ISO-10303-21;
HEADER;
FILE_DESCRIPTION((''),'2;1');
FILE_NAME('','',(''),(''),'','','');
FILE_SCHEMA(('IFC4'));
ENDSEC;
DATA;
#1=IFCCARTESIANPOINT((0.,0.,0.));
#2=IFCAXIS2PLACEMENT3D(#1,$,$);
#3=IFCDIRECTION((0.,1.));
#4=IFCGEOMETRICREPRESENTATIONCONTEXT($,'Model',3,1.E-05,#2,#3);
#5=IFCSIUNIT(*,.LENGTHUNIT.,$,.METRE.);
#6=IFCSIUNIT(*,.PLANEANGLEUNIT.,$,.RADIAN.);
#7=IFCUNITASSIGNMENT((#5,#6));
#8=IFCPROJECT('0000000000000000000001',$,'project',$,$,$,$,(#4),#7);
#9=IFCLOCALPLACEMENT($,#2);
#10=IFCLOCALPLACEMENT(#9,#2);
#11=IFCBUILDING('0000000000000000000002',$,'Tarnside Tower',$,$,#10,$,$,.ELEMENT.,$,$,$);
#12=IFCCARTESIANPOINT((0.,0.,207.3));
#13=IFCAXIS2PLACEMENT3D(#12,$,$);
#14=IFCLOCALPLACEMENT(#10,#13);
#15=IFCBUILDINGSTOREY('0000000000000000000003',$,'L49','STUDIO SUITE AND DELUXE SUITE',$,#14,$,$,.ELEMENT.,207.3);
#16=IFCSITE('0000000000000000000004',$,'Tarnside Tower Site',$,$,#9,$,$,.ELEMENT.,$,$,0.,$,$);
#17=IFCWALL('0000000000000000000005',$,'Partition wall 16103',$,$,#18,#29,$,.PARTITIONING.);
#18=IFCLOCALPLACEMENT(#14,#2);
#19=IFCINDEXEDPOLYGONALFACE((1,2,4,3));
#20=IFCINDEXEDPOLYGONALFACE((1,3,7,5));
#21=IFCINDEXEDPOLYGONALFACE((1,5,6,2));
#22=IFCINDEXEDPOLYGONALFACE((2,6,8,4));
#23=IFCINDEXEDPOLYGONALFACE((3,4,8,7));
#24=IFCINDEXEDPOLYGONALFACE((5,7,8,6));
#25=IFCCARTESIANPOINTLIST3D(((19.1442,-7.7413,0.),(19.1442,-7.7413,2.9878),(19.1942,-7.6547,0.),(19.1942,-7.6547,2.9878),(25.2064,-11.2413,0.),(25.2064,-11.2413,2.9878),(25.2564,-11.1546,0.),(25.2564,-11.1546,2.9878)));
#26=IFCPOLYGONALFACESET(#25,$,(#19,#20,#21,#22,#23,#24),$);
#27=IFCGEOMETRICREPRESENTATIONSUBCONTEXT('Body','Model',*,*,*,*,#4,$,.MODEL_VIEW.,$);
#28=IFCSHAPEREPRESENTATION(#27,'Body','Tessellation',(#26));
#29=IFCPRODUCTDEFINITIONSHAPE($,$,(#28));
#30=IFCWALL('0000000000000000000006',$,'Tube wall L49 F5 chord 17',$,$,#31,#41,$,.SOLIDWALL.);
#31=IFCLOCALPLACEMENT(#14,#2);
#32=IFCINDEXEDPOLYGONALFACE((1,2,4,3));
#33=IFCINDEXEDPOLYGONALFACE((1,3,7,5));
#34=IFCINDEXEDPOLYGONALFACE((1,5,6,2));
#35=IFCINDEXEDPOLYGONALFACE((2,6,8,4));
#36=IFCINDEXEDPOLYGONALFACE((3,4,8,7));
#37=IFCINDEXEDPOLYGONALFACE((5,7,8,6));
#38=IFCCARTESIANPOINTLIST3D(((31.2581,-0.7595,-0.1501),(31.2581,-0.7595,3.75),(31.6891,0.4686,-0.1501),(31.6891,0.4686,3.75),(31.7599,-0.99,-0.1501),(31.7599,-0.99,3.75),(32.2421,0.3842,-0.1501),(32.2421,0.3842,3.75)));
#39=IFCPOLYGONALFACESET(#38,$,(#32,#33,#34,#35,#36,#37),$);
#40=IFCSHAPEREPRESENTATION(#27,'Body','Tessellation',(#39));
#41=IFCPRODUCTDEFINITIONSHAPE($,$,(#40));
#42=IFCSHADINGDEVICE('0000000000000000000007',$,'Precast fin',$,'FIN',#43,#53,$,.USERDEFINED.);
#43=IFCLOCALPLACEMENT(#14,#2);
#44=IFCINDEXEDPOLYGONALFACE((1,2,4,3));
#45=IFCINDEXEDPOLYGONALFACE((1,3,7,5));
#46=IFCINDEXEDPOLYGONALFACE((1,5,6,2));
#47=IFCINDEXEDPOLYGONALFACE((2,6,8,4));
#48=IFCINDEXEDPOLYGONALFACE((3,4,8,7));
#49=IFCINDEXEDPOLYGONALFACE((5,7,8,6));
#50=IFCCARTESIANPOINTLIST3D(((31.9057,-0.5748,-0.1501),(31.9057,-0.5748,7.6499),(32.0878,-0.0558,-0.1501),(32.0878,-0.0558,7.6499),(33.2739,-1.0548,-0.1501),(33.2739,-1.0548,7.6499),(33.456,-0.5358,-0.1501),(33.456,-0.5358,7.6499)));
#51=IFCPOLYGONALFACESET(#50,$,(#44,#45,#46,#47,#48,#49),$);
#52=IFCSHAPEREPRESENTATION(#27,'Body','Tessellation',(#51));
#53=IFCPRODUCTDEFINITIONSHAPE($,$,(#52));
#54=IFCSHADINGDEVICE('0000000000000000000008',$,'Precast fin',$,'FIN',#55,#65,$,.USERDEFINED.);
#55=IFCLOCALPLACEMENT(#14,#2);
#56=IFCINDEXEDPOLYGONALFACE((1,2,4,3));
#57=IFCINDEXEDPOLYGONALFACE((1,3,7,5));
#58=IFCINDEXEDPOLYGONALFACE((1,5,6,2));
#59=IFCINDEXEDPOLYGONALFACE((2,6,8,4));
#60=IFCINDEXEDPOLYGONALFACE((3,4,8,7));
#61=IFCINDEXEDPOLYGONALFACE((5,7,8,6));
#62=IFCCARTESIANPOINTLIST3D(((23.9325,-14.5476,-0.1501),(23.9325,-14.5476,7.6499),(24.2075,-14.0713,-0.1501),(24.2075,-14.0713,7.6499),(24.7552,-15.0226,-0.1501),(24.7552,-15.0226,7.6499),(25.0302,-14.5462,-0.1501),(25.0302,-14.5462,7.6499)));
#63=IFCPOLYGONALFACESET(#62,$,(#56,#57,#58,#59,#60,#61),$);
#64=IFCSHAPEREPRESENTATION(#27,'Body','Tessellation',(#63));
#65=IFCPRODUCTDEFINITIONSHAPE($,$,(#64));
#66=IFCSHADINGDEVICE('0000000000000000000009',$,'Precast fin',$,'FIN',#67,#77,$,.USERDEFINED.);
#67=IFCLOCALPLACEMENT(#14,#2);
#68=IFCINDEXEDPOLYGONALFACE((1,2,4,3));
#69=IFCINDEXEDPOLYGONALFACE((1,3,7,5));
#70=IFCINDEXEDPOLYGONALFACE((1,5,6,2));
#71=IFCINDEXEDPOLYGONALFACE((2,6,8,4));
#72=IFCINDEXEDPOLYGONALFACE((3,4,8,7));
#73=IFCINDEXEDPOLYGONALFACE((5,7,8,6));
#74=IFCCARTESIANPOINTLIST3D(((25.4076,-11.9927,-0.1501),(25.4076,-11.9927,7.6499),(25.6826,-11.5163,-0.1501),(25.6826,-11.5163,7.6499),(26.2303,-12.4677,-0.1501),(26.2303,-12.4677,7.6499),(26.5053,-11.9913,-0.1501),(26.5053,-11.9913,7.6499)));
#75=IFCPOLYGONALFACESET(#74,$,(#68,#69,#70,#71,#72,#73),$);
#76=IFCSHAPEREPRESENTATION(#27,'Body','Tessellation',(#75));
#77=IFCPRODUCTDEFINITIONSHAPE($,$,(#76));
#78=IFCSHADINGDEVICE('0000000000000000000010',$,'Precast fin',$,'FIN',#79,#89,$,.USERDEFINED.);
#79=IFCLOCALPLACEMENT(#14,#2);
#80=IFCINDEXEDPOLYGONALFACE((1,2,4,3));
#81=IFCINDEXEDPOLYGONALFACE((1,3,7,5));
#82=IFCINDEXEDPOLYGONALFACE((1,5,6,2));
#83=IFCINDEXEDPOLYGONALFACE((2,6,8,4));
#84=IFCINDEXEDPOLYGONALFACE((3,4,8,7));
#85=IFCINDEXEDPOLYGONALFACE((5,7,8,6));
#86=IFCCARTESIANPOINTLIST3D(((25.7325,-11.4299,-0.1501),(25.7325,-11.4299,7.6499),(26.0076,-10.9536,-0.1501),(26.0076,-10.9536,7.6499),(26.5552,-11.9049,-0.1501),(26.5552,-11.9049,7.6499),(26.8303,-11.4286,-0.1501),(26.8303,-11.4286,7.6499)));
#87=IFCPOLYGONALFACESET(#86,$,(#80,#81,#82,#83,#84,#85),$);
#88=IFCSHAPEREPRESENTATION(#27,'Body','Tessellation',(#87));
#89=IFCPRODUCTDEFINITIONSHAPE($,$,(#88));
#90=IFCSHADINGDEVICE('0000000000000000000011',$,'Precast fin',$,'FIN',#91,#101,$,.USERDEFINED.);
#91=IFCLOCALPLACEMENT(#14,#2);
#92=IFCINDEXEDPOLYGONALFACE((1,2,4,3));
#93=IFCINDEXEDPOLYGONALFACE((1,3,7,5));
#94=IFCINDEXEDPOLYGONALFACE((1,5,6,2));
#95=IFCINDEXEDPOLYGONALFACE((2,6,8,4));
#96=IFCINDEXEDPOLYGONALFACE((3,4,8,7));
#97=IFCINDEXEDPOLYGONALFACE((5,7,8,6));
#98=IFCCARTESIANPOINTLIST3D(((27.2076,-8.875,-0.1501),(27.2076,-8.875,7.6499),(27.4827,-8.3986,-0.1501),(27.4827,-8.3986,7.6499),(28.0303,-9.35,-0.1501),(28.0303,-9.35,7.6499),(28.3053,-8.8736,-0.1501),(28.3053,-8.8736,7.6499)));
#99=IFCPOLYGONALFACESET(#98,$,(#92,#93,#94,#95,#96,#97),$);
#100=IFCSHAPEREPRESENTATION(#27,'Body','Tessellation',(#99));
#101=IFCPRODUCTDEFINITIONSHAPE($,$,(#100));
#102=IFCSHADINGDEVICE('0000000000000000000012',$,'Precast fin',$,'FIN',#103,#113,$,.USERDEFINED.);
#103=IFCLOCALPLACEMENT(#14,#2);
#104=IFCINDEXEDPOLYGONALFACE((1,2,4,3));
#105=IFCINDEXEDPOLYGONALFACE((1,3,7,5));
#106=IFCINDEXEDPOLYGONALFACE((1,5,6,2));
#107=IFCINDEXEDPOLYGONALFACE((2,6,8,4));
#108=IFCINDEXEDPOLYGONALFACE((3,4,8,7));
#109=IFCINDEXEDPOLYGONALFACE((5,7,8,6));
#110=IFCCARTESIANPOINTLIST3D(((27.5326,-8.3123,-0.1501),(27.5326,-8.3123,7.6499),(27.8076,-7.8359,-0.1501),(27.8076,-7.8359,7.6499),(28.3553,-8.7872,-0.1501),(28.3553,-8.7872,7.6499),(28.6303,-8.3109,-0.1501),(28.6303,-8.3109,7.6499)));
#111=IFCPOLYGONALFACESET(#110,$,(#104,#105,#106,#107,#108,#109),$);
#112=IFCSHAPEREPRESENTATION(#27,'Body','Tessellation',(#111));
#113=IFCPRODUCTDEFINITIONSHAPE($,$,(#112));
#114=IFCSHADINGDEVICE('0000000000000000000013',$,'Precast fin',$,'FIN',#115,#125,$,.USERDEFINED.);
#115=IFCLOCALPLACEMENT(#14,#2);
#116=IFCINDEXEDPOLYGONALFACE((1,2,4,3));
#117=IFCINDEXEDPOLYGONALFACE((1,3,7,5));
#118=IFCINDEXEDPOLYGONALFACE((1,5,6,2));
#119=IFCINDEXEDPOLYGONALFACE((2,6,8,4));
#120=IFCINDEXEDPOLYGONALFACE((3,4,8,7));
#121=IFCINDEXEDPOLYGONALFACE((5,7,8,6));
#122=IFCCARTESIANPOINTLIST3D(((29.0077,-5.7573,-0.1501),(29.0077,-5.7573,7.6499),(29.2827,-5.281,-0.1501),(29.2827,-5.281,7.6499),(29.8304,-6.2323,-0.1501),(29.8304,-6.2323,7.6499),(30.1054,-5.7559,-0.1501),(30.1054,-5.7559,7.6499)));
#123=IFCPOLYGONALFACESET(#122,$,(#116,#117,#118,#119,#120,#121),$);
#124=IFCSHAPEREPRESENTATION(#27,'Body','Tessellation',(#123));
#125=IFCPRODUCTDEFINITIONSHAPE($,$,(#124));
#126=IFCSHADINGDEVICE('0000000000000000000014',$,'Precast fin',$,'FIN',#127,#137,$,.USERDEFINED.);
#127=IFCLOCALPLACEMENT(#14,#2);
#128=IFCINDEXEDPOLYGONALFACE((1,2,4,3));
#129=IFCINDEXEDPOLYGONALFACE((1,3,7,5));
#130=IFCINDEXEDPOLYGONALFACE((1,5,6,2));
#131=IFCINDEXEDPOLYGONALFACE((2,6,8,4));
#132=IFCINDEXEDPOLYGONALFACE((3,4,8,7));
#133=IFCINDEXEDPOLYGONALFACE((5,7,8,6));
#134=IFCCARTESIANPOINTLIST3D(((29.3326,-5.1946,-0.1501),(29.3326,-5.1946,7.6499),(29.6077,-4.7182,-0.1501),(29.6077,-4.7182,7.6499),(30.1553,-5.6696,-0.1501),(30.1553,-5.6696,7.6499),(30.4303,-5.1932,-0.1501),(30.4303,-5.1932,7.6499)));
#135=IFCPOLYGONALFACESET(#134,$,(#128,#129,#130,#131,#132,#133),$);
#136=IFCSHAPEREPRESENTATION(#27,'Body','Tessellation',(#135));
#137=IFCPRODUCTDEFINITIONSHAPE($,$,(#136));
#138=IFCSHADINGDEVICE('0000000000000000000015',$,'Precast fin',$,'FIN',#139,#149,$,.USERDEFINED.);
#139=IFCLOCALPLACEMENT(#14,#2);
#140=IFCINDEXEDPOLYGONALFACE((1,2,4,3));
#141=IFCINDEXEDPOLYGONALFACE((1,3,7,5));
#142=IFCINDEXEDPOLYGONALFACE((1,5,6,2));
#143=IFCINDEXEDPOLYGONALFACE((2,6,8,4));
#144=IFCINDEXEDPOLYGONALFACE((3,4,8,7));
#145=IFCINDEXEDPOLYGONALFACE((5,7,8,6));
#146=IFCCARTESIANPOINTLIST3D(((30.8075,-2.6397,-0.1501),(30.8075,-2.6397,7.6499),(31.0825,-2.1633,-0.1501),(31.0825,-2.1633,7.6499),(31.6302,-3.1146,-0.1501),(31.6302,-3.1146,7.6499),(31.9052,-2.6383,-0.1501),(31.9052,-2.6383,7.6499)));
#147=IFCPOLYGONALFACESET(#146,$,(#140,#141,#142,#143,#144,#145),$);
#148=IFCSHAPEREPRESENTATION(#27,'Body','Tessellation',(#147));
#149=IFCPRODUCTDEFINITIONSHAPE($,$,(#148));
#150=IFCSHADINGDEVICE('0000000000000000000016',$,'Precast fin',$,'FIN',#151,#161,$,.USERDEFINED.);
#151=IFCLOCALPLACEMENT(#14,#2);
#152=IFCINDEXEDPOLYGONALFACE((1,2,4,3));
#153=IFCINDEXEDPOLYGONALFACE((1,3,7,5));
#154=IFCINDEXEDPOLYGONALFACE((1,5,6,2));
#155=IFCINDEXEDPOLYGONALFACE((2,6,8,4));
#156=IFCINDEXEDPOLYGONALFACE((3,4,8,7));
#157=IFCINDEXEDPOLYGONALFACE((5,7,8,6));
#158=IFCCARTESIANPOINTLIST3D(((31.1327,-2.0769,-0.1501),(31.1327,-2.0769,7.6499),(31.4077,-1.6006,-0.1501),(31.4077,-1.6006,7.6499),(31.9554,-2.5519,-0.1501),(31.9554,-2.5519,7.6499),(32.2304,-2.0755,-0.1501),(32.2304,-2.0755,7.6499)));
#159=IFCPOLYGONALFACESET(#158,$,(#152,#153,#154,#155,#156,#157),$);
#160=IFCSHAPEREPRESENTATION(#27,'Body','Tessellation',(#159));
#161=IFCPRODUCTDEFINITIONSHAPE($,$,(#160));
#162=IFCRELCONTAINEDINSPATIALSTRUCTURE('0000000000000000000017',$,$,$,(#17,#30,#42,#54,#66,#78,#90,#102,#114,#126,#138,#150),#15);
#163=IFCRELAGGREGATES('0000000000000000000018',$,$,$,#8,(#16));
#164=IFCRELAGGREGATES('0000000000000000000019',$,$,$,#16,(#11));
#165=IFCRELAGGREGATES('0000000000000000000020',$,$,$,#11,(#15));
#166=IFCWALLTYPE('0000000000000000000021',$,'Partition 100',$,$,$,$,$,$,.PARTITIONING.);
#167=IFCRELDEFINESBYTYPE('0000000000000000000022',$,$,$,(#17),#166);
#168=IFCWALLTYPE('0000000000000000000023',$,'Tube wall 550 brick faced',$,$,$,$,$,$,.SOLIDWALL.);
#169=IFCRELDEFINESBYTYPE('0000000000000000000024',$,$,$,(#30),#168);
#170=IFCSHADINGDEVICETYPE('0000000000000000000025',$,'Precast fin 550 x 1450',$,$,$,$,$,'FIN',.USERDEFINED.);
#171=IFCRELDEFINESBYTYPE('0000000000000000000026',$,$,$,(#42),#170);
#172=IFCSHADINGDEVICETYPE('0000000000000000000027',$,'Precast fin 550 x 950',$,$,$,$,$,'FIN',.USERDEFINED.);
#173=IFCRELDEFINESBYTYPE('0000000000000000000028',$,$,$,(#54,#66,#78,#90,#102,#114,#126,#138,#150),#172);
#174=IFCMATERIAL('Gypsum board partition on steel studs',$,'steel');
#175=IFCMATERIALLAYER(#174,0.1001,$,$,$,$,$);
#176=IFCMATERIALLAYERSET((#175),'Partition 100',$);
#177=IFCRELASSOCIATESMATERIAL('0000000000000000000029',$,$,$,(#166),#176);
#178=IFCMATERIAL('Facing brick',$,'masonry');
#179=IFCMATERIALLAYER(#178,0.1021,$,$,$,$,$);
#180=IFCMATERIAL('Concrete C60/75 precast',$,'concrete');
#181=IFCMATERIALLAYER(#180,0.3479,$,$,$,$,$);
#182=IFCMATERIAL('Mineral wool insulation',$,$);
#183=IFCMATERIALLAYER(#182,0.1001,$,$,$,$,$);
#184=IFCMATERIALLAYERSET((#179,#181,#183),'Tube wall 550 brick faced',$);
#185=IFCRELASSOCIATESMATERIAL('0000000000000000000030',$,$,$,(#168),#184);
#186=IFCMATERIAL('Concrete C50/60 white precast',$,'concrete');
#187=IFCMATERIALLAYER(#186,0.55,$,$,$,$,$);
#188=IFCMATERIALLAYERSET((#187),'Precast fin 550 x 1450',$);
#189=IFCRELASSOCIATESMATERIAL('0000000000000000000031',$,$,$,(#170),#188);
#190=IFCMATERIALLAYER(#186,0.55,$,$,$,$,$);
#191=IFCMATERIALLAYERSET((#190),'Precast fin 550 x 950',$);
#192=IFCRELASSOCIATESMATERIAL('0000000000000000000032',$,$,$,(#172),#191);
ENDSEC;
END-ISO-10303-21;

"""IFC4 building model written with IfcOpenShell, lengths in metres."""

from ifc_helpers import new_model, si_unit, direction, frame, frame_2d, origin, place, context, subcontext, project, spatial, polyline, rectangle, outline, extrude, material, layer, layer_set, type_object, element, save


model = new_model("IFC4")

# Units and contexts
model_context = context("Model", 3, precision=1e-05, world=origin(), true_north=direction((0.0, 1.0)))
body_context = subcontext(model_context, "Body", "Model", "MODEL_VIEW")
ifc_project = project(units=[si_unit("LENGTHUNIT", "METRE"), si_unit("PLANEANGLEUNIT", "RADIAN")], contexts=[model_context])

# Site, building, storey
site_placement = place(None, origin())
site = spatial("IfcSite", under=ifc_project, at=site_placement, Name="Tarnside Tower Site", CompositionType="ELEMENT", RefElevation=0.0)
building_placement = place(site_placement, origin())
building = spatial("IfcBuilding", under=site, at=building_placement, Name="Tarnside Tower", CompositionType="ELEMENT")
storey_placement = place(building_placement, frame((0.0, 0.0, 207.3)))
storey = spatial("IfcBuildingStorey", under=building, at=storey_placement, Name="L49", Description="STUDIO SUITE AND DELUXE SUITE", CompositionType="ELEMENT", Elevation=207.3)

# Shared definitions
ifc_material_1 = material(Name="Gypsum board partition on steel studs", Category="steel")

# Shared definitions
ifc_layer_1 = layer(ifc_material_1, 0.1001)
ifc_layer_set_1 = layer_set([ifc_layer_1], Name="Partition 100")
wall_type_1 = type_object("IfcWallType", Name="Partition 100", PredefinedType="PARTITIONING", material=ifc_layer_set_1)

# Walls
wall_1_placement = place(storey_placement, frame((19.1692, -7.698, 0.0), z_axis=(0.0, 0.0, 1.0), x_axis=(0.866028, -0.499995, 0.0)))
element("IfcWall", 1, at=wall_1_placement, inside=storey, type_object=wall_type_1, Name="Partition wall 16103", PredefinedType="PARTITIONING", context=body_context, shape_type="SweptSolid", body=[
    extrude(rectangle(XDim=7.0, YDim=0.1001, at=frame_2d((3.5, 0.0))), origin(), (0.0, 0.0, 1.0), 2.9878),
])
ifc_material_2 = material(Name="Facing brick", Category="masonry")
ifc_layer_2 = layer(ifc_material_2, 0.1021)
ifc_material_3 = material(Name="Concrete C60/75 precast", Category="concrete")
ifc_layer_3 = layer(ifc_material_3, 0.3479)
ifc_material_4 = material(Name="Mineral wool insulation")
ifc_layer_4 = layer(ifc_material_4, 0.1001)
ifc_layer_set_2 = layer_set([ifc_layer_2, ifc_layer_3, ifc_layer_4], Name="Tube wall 550 brick faced")
wall_type_2 = type_object("IfcWallType", Name="Tube wall 550 brick faced", PredefinedType="SOLIDWALL", material=ifc_layer_set_2)
wall_2_placement = place(storey_placement, frame((31.509, -0.8748, -0.1501), z_axis=(0.0, 0.0, 1.0), x_axis=(0.331115, 0.94359, 0.0)))
element("IfcWall", 2, at=wall_2_placement, inside=storey, type_object=wall_type_2, Name="Tube wall L49 F5 chord 17", PredefinedType="SOLIDWALL", context=body_context, shape_type="SweptSolid", body=[
    extrude(outline(polyline([(-0.0256, -0.2749), (1.4307, -0.2749), (1.3271, 0.2749), (0.0256, 0.2749), (-0.0256, -0.2749)])), origin(), (0.0, 0.0, 1.0), 3.9001),
])

# Shading devices
ifc_material_5 = material(Name="Concrete C50/60 white precast", Category="concrete")
ifc_layer_5 = layer(ifc_material_5, 0.55)
ifc_layer_set_3 = layer_set([ifc_layer_5], Name="Precast fin 550 x 1450")
shading_device_type_1 = type_object("IfcShadingDeviceType", Name="Precast fin 550 x 1450", ElementType="FIN", PredefinedType="USERDEFINED", material=ifc_layer_set_3)
shading_device_placement = place(storey_placement, frame((31.9968, -0.3152, -0.1501), z_axis=(-0.331063, -0.943609, 0.0), x_axis=(0.943609, -0.331063, 0.0)))
element("IfcShadingDevice", 3, at=shading_device_placement, inside=storey, type_object=shading_device_type_1, Name="Precast fin", ObjectType="FIN", PredefinedType="USERDEFINED", context=body_context, shape_type="SweptSolid", body=[
    extrude(outline(polyline([(0.0, 0.0), (1.45, 0.0), (1.45, 7.8), (0.0, 7.8), (0.0, 0.0)])), frame((0.0, 0.0, -0.2749)), (0.0, 0.0, 1.0), 0.55),
])
ifc_layer_6 = layer(ifc_material_5, 0.55)
ifc_layer_set_4 = layer_set([ifc_layer_6], Name="Precast fin 550 x 950")
shading_device_type_2 = type_object("IfcShadingDeviceType", Name="Precast fin 550 x 950", ElementType="FIN", PredefinedType="USERDEFINED", material=ifc_layer_set_4)
for number, where, z_axis, x_axis, name in (
    (4, (24.0701, -14.3093, -0.1501), (-0.5, -0.866025, 0.0), (0.866025, -0.5, 0.0), "Precast fin"),
    (5, (25.5452, -11.7544, -0.1501), (-0.5, -0.866025, 0.0), (0.866025, -0.5, 0.0), "Precast fin"),
    (6, (25.8701, -11.1917, -0.1501), (-0.5, -0.866025, 0.0), (0.866025, -0.5, 0.0), "Precast fin"),
    (7, (27.3452, -8.6367, -0.1501), (-0.5, -0.866025, 0.0), (0.866025, -0.5, 0.0), "Precast fin"),
    (8, (27.6702, -8.074, -0.1501), (-0.5, -0.866025, 0.0), (0.866025, -0.5, 0.0), "Precast fin"),
    (9, (29.1453, -5.519, -0.1501), (-0.5, -0.866025, 0.0), (0.866025, -0.5, 0.0), "Precast fin"),
    (10, (29.4702, -4.9563, -0.1501), (-0.5, -0.866025, 0.0), (0.866025, -0.5, 0.0), "Precast fin"),
    (11, (30.9451, -2.4014, -0.1501), (-0.5, -0.866025, 0.0), (0.866025, -0.5, 0.0), "Precast fin"),
    (12, (31.2703, -1.8386, -0.1501), (-0.5, -0.866025, 0.0), (0.866025, -0.5, 0.0), "Precast fin"),
):
    element("IfcShadingDevice", number, at=place(storey_placement, frame(where, z_axis=z_axis, x_axis=x_axis)), inside=storey, type_object=shading_device_type_2, Name=name, ObjectType="FIN", PredefinedType="USERDEFINED", context=body_context, shape_type="SweptSolid", body=[
        extrude(outline(polyline([(0.0, 0.0), (0.95, 0.0), (0.95, 7.8), (0.0, 7.8), (0.0, 0.0)])), frame((0.0, 0.0, -0.2749)), (0.0, 0.0, 1.0), 0.55),
    ])

save(model, "model.ifc")
